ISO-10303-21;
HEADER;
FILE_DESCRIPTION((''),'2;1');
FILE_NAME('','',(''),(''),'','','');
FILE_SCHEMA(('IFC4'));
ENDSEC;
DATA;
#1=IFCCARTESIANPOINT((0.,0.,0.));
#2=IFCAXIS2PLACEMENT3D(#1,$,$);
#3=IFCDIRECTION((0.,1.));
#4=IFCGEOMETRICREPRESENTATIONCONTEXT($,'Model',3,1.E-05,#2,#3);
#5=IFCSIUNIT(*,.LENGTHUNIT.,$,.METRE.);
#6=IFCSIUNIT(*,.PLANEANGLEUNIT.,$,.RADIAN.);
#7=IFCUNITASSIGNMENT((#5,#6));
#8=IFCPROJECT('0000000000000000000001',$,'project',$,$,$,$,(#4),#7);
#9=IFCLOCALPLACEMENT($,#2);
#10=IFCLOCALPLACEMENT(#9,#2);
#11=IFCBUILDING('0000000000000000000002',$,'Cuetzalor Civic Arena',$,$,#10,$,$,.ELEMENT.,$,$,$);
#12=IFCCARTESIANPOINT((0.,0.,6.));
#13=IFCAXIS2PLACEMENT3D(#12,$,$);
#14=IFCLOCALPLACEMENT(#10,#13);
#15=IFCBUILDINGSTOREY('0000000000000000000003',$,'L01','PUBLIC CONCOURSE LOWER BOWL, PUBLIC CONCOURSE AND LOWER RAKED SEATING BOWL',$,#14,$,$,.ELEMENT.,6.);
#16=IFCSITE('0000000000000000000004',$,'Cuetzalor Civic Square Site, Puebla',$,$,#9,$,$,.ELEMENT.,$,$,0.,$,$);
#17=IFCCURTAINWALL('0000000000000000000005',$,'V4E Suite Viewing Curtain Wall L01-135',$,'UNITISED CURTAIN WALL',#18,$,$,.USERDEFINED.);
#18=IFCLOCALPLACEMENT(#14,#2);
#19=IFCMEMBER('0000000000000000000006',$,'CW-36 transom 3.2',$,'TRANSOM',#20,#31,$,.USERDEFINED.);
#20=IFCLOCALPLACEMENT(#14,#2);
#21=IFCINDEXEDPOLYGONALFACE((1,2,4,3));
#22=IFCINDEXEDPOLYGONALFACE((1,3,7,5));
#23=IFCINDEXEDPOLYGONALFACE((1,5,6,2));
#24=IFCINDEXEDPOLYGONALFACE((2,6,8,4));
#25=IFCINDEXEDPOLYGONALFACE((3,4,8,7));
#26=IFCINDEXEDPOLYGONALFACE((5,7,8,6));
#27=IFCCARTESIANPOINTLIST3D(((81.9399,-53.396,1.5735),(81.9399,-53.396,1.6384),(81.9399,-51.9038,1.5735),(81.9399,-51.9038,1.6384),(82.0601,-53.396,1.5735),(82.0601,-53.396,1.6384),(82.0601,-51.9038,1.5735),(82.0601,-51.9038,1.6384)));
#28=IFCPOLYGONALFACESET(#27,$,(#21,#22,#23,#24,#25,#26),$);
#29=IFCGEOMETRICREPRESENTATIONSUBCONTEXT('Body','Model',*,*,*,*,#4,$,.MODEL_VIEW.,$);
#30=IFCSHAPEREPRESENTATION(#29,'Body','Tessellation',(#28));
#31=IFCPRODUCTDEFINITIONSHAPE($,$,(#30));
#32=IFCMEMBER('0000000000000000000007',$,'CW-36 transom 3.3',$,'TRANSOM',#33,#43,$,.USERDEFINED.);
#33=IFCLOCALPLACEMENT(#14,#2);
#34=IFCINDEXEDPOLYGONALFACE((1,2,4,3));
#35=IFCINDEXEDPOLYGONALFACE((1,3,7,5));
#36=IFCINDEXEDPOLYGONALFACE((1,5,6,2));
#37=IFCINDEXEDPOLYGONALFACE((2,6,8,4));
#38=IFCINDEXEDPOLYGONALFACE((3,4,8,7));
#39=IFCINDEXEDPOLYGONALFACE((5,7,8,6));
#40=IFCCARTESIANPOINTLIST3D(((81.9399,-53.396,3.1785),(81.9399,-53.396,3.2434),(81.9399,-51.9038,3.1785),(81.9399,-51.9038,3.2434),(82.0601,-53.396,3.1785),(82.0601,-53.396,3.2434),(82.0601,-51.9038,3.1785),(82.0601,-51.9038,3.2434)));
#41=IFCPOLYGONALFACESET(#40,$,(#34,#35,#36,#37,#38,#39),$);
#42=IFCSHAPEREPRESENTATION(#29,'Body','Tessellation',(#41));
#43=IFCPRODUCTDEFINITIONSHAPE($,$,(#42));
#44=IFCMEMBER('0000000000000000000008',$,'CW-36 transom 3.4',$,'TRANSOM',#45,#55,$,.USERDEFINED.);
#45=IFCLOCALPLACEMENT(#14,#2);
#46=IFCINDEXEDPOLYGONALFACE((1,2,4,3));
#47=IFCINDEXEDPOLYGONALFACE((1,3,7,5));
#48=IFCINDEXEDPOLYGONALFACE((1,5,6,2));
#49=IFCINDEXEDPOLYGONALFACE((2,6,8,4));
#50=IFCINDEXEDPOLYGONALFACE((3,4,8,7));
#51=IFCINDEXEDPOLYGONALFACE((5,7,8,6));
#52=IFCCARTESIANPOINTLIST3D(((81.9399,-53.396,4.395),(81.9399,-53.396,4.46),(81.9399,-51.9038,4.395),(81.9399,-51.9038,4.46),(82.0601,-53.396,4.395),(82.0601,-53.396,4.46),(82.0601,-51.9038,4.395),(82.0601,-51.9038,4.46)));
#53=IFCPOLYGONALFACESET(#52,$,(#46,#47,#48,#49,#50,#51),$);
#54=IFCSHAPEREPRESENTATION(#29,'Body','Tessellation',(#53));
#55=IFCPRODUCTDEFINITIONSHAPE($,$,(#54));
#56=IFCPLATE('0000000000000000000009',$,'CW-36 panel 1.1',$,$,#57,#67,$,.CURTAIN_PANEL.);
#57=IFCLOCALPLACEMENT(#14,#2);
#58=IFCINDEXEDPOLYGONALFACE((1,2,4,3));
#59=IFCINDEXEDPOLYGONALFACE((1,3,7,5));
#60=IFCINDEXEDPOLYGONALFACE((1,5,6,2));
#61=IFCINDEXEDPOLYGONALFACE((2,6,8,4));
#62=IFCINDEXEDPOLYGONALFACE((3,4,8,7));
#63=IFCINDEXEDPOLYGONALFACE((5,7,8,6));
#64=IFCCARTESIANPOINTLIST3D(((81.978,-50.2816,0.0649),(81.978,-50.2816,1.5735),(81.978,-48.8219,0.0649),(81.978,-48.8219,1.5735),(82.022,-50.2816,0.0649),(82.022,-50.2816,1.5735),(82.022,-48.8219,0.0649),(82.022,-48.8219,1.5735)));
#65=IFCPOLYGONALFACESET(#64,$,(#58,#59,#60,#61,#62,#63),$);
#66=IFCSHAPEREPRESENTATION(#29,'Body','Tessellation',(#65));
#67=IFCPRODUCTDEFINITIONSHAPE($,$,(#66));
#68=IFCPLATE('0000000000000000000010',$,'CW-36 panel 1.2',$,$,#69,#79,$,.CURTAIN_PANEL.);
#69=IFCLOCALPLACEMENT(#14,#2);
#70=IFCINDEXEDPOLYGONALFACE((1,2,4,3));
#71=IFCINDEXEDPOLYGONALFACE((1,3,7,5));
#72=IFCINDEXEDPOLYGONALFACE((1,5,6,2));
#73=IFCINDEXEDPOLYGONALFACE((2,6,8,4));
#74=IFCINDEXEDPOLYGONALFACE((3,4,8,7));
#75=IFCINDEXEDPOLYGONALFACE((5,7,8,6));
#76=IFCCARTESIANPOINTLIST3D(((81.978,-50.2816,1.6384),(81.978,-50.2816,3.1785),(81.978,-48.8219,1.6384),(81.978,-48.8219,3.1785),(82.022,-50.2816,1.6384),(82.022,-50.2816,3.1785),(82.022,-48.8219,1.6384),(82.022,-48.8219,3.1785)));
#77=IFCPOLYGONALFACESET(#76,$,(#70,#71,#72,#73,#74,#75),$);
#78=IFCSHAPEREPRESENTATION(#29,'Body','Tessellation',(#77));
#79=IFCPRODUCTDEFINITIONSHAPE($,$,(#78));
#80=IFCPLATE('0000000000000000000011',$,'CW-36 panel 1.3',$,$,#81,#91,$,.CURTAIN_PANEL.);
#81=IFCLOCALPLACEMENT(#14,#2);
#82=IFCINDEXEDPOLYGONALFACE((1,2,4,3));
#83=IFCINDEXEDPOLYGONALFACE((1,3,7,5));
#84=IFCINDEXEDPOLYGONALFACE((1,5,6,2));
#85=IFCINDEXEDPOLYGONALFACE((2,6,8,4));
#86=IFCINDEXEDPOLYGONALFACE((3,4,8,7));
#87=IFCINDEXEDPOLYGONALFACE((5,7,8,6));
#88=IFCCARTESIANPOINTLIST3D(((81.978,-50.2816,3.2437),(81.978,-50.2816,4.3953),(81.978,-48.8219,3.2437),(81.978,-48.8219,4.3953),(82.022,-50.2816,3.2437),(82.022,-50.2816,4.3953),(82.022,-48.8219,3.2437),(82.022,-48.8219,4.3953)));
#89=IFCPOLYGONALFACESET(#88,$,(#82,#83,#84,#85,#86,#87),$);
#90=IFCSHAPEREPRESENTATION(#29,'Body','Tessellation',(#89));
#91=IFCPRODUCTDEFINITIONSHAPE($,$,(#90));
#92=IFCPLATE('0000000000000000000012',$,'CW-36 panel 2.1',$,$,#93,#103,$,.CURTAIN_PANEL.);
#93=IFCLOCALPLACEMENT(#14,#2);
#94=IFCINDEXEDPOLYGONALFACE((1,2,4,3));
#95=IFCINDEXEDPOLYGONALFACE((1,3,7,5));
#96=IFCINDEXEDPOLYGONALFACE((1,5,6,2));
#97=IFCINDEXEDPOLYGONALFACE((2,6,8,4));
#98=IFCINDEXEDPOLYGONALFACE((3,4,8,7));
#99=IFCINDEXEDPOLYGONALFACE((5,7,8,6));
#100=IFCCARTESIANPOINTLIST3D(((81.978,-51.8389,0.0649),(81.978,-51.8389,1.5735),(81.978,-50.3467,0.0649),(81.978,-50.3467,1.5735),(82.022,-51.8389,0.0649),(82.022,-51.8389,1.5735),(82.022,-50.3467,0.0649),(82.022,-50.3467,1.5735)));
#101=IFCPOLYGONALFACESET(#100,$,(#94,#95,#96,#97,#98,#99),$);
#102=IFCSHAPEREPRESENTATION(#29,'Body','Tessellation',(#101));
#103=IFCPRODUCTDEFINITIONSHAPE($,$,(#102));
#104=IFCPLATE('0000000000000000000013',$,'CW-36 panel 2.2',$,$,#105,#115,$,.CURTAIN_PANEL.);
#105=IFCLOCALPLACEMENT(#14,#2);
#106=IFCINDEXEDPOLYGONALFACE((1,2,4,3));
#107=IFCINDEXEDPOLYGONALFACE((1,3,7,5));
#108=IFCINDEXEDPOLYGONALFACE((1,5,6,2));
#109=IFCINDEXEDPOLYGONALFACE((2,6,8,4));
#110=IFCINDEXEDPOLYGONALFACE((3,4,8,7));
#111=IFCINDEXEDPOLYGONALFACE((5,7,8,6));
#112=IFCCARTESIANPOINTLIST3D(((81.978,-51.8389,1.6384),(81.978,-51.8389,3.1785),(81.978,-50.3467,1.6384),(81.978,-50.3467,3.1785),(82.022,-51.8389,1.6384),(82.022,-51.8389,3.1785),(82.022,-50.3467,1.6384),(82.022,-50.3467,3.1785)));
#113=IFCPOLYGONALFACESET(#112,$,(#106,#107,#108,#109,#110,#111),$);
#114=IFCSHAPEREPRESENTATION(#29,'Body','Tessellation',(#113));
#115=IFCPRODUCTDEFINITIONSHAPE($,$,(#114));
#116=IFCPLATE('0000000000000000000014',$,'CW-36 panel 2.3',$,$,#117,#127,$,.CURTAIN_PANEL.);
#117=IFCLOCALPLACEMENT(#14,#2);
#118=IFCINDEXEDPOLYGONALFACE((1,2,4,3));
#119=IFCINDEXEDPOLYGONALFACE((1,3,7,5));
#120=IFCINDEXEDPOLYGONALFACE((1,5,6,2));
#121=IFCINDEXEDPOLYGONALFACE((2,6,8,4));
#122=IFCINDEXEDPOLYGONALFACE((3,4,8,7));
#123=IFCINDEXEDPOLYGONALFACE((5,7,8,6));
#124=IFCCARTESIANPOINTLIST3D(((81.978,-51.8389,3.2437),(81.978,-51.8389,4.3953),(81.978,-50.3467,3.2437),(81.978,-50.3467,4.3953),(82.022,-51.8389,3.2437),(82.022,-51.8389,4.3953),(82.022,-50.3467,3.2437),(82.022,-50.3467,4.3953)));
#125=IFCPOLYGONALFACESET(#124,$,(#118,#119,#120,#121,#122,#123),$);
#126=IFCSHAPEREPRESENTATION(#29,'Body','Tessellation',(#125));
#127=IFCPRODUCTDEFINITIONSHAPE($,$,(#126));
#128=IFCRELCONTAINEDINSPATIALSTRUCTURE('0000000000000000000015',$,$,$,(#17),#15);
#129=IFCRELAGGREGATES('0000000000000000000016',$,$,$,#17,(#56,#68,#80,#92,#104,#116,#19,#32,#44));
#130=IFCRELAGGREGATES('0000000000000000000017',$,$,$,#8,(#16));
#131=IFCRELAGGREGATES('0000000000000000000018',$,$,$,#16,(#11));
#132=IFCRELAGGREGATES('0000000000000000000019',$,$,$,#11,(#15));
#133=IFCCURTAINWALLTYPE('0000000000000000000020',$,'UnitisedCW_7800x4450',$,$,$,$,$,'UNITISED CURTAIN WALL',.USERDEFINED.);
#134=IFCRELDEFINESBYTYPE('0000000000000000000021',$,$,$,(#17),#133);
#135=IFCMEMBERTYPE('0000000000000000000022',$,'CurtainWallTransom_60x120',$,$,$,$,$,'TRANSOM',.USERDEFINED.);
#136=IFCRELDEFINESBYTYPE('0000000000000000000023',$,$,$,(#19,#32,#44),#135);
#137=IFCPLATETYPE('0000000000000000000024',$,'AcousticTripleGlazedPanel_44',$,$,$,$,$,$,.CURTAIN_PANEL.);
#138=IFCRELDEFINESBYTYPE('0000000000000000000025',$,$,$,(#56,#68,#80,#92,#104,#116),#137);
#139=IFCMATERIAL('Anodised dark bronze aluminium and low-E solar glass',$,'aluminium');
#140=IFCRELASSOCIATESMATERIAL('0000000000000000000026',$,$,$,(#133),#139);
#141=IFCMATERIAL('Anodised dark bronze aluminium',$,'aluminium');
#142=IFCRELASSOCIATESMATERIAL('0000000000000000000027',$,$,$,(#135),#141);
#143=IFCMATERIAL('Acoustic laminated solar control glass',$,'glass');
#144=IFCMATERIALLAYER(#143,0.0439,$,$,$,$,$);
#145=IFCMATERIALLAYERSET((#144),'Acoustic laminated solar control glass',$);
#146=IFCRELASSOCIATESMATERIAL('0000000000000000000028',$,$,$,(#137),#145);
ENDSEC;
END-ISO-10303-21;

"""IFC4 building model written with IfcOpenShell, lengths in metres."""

from ifc_helpers import new_model, si_unit, direction, frame, origin, origin_2d, place, context, subcontext, project, spatial, rectangle, extrude, material, layer, layer_set, material_profile, profile_set, type_object, element, aggregate, save


model = new_model("IFC4")

# Units and contexts
model_context = context("Model", 3, precision=1e-05, world=origin(), true_north=direction((0.0, 1.0)))
body_context = subcontext(model_context, "Body", "Model", "MODEL_VIEW")
ifc_project = project(units=[si_unit("LENGTHUNIT", "METRE"), si_unit("PLANEANGLEUNIT", "RADIAN")], contexts=[model_context])

# Site, building, storey
site_placement = place(None, origin())
site = spatial("IfcSite", under=ifc_project, at=site_placement, Name="Cuetzalor Civic Square Site, Puebla", CompositionType="ELEMENT", RefElevation=0.0)
building_placement = place(site_placement, origin())
building = spatial("IfcBuilding", under=site, at=building_placement, Name="Cuetzalor Civic Arena", CompositionType="ELEMENT")
storey_placement = place(building_placement, frame((0.0, 0.0, 6.0)))
storey = spatial("IfcBuildingStorey", under=building, at=storey_placement, Name="L01", Description="PUBLIC CONCOURSE LOWER BOWL, PUBLIC CONCOURSE AND LOWER RAKED SEATING BOWL", CompositionType="ELEMENT", Elevation=6.0)

# Curtain wall, members, plates
ifc_material_1 = material(Name="Anodised dark bronze aluminium and low-E solar glass", Category="aluminium")
curtain_wall_type = type_object("IfcCurtainWallType", Name="UnitisedCW_7800x4450", ElementType="UNITISED CURTAIN WALL", PredefinedType="USERDEFINED", material=ifc_material_1)
curtain_wall_placement = place(storey_placement, origin())
curtain_wall = element("IfcCurtainWall", 1, at=curtain_wall_placement, inside=storey, type_object=curtain_wall_type, Name="V4E Suite Viewing Curtain Wall L01-135", ObjectType="UNITISED CURTAIN WALL", PredefinedType="USERDEFINED")
ifc_material_2 = material(Name="Anodised dark bronze aluminium", Category="aluminium")
ifc_material_profile_1 = material_profile(ifc_material_2, rectangle(XDim=0.1201, YDim=0.0649, at=origin_2d()), Name="ALU TRANSOM 65x120")
ifc_profile_set_1 = profile_set([ifc_material_profile_1], Name="Anodised dark bronze aluminium")
member_type_1 = type_object("IfcMemberType", Name="CurtainWallTransom_60x120", ElementType="TRANSOM", PredefinedType="USERDEFINED", material=ifc_profile_set_1)
member_1_placement = place(storey_placement, frame((82.0, -51.9038, 1.606), z_axis=(0.0, -1.0, 0.0), x_axis=(1.0, 0.0, 0.0)))
member_1 = element("IfcMember", 2, at=member_1_placement, type_object=member_type_1, Name="CW-36 transom 3.2", ObjectType="TRANSOM", PredefinedType="USERDEFINED", context=body_context, shape_type="SweptSolid", body=[
    extrude(rectangle(XDim=0.1201, YDim=0.0649, at=origin_2d()), origin(), (0.0, 0.0, 1.0), 1.4922),
])
member_2_placement = place(storey_placement, frame((82.0, -51.9038, 3.2109), z_axis=(0.0, -1.0, 0.0), x_axis=(1.0, 0.0, 0.0)))
member_2 = element("IfcMember", 3, at=member_2_placement, type_object=member_type_1, Name="CW-36 transom 3.3", ObjectType="TRANSOM", PredefinedType="USERDEFINED", context=body_context, shape_type="SweptSolid", body=[
    extrude(rectangle(XDim=0.1201, YDim=0.0649, at=origin_2d()), origin(), (0.0, 0.0, 1.0), 1.4922),
])
member_3_placement = place(storey_placement, frame((82.0, -51.9038, 4.4275), z_axis=(0.0, -1.0, 0.0), x_axis=(1.0, 0.0, 0.0)))
member_3 = element("IfcMember", 4, at=member_3_placement, type_object=member_type_1, Name="CW-36 transom 3.4", ObjectType="TRANSOM", PredefinedType="USERDEFINED", context=body_context, shape_type="SweptSolid", body=[
    extrude(rectangle(XDim=0.1201, YDim=0.0649, at=origin_2d()), origin(), (0.0, 0.0, 1.0), 1.4922),
])
ifc_material_3 = material(Name="Acoustic laminated solar control glass", Category="glass")
ifc_layer = layer(ifc_material_3, 0.0439)
ifc_layer_set = layer_set([ifc_layer], Name="Acoustic laminated solar control glass")
plate_type = type_object("IfcPlateType", Name="AcousticTripleGlazedPanel_44", PredefinedType="CURTAIN_PANEL", material=ifc_layer_set)
plate_1_placement = place(storey_placement, frame((82.0, -49.5518, 0.0649), z_axis=(0.0, 0.0, 1.0), x_axis=(0.0, -1.0, 0.0)))
plate_1 = element("IfcPlate", 5, at=plate_1_placement, type_object=plate_type, Name="CW-36 panel 1.1", PredefinedType="CURTAIN_PANEL", context=body_context, shape_type="SweptSolid", body=[
    extrude(rectangle(XDim=1.4597, YDim=0.0439, at=origin_2d()), origin(), (0.0, 0.0, 1.0), 1.5085),
])
plate_2_placement = place(storey_placement, frame((82.0, -49.5518, 1.6384), z_axis=(0.0, 0.0, 1.0), x_axis=(0.0, -1.0, 0.0)))
plate_2 = element("IfcPlate", 6, at=plate_2_placement, type_object=plate_type, Name="CW-36 panel 1.2", PredefinedType="CURTAIN_PANEL", context=body_context, shape_type="SweptSolid", body=[
    extrude(rectangle(XDim=1.4597, YDim=0.0439, at=origin_2d()), origin(), (0.0, 0.0, 1.0), 1.54),
])
plate_3_placement = place(storey_placement, frame((82.0, -49.5518, 3.2437), z_axis=(0.0, 0.0, 1.0), x_axis=(0.0, -1.0, 0.0)))
plate_3 = element("IfcPlate", 7, at=plate_3_placement, type_object=plate_type, Name="CW-36 panel 1.3", PredefinedType="CURTAIN_PANEL", context=body_context, shape_type="SweptSolid", body=[
    extrude(rectangle(XDim=1.4597, YDim=0.0439, at=origin_2d()), origin(), (0.0, 0.0, 1.0), 1.1516),
])
plate_4_placement = place(storey_placement, frame((82.0, -51.0928, 0.0649), z_axis=(0.0, 0.0, 1.0), x_axis=(0.0, -1.0, 0.0)))
plate_4 = element("IfcPlate", 8, at=plate_4_placement, type_object=plate_type, Name="CW-36 panel 2.1", PredefinedType="CURTAIN_PANEL", context=body_context, shape_type="SweptSolid", body=[
    extrude(rectangle(XDim=1.4922, YDim=0.0439, at=origin_2d()), origin(), (0.0, 0.0, 1.0), 1.5085),
])
plate_5_placement = place(storey_placement, frame((82.0, -51.0928, 1.6384), z_axis=(0.0, 0.0, 1.0), x_axis=(0.0, -1.0, 0.0)))
plate_5 = element("IfcPlate", 9, at=plate_5_placement, type_object=plate_type, Name="CW-36 panel 2.2", PredefinedType="CURTAIN_PANEL", context=body_context, shape_type="SweptSolid", body=[
    extrude(rectangle(XDim=1.4922, YDim=0.0439, at=origin_2d()), origin(), (0.0, 0.0, 1.0), 1.54),
])
plate_6_placement = place(storey_placement, frame((82.0, -51.0928, 3.2437), z_axis=(0.0, 0.0, 1.0), x_axis=(0.0, -1.0, 0.0)))
plate_6 = element("IfcPlate", 10, at=plate_6_placement, type_object=plate_type, Name="CW-36 panel 2.3", PredefinedType="CURTAIN_PANEL", context=body_context, shape_type="SweptSolid", body=[
    extrude(rectangle(XDim=1.4922, YDim=0.0439, at=origin_2d()), origin(), (0.0, 0.0, 1.0), 1.1516),
])
aggregate(curtain_wall, [plate_1, plate_2, plate_3, plate_4, plate_5, plate_6, member_1, member_2, member_3])

save(model, "model.ifc")
